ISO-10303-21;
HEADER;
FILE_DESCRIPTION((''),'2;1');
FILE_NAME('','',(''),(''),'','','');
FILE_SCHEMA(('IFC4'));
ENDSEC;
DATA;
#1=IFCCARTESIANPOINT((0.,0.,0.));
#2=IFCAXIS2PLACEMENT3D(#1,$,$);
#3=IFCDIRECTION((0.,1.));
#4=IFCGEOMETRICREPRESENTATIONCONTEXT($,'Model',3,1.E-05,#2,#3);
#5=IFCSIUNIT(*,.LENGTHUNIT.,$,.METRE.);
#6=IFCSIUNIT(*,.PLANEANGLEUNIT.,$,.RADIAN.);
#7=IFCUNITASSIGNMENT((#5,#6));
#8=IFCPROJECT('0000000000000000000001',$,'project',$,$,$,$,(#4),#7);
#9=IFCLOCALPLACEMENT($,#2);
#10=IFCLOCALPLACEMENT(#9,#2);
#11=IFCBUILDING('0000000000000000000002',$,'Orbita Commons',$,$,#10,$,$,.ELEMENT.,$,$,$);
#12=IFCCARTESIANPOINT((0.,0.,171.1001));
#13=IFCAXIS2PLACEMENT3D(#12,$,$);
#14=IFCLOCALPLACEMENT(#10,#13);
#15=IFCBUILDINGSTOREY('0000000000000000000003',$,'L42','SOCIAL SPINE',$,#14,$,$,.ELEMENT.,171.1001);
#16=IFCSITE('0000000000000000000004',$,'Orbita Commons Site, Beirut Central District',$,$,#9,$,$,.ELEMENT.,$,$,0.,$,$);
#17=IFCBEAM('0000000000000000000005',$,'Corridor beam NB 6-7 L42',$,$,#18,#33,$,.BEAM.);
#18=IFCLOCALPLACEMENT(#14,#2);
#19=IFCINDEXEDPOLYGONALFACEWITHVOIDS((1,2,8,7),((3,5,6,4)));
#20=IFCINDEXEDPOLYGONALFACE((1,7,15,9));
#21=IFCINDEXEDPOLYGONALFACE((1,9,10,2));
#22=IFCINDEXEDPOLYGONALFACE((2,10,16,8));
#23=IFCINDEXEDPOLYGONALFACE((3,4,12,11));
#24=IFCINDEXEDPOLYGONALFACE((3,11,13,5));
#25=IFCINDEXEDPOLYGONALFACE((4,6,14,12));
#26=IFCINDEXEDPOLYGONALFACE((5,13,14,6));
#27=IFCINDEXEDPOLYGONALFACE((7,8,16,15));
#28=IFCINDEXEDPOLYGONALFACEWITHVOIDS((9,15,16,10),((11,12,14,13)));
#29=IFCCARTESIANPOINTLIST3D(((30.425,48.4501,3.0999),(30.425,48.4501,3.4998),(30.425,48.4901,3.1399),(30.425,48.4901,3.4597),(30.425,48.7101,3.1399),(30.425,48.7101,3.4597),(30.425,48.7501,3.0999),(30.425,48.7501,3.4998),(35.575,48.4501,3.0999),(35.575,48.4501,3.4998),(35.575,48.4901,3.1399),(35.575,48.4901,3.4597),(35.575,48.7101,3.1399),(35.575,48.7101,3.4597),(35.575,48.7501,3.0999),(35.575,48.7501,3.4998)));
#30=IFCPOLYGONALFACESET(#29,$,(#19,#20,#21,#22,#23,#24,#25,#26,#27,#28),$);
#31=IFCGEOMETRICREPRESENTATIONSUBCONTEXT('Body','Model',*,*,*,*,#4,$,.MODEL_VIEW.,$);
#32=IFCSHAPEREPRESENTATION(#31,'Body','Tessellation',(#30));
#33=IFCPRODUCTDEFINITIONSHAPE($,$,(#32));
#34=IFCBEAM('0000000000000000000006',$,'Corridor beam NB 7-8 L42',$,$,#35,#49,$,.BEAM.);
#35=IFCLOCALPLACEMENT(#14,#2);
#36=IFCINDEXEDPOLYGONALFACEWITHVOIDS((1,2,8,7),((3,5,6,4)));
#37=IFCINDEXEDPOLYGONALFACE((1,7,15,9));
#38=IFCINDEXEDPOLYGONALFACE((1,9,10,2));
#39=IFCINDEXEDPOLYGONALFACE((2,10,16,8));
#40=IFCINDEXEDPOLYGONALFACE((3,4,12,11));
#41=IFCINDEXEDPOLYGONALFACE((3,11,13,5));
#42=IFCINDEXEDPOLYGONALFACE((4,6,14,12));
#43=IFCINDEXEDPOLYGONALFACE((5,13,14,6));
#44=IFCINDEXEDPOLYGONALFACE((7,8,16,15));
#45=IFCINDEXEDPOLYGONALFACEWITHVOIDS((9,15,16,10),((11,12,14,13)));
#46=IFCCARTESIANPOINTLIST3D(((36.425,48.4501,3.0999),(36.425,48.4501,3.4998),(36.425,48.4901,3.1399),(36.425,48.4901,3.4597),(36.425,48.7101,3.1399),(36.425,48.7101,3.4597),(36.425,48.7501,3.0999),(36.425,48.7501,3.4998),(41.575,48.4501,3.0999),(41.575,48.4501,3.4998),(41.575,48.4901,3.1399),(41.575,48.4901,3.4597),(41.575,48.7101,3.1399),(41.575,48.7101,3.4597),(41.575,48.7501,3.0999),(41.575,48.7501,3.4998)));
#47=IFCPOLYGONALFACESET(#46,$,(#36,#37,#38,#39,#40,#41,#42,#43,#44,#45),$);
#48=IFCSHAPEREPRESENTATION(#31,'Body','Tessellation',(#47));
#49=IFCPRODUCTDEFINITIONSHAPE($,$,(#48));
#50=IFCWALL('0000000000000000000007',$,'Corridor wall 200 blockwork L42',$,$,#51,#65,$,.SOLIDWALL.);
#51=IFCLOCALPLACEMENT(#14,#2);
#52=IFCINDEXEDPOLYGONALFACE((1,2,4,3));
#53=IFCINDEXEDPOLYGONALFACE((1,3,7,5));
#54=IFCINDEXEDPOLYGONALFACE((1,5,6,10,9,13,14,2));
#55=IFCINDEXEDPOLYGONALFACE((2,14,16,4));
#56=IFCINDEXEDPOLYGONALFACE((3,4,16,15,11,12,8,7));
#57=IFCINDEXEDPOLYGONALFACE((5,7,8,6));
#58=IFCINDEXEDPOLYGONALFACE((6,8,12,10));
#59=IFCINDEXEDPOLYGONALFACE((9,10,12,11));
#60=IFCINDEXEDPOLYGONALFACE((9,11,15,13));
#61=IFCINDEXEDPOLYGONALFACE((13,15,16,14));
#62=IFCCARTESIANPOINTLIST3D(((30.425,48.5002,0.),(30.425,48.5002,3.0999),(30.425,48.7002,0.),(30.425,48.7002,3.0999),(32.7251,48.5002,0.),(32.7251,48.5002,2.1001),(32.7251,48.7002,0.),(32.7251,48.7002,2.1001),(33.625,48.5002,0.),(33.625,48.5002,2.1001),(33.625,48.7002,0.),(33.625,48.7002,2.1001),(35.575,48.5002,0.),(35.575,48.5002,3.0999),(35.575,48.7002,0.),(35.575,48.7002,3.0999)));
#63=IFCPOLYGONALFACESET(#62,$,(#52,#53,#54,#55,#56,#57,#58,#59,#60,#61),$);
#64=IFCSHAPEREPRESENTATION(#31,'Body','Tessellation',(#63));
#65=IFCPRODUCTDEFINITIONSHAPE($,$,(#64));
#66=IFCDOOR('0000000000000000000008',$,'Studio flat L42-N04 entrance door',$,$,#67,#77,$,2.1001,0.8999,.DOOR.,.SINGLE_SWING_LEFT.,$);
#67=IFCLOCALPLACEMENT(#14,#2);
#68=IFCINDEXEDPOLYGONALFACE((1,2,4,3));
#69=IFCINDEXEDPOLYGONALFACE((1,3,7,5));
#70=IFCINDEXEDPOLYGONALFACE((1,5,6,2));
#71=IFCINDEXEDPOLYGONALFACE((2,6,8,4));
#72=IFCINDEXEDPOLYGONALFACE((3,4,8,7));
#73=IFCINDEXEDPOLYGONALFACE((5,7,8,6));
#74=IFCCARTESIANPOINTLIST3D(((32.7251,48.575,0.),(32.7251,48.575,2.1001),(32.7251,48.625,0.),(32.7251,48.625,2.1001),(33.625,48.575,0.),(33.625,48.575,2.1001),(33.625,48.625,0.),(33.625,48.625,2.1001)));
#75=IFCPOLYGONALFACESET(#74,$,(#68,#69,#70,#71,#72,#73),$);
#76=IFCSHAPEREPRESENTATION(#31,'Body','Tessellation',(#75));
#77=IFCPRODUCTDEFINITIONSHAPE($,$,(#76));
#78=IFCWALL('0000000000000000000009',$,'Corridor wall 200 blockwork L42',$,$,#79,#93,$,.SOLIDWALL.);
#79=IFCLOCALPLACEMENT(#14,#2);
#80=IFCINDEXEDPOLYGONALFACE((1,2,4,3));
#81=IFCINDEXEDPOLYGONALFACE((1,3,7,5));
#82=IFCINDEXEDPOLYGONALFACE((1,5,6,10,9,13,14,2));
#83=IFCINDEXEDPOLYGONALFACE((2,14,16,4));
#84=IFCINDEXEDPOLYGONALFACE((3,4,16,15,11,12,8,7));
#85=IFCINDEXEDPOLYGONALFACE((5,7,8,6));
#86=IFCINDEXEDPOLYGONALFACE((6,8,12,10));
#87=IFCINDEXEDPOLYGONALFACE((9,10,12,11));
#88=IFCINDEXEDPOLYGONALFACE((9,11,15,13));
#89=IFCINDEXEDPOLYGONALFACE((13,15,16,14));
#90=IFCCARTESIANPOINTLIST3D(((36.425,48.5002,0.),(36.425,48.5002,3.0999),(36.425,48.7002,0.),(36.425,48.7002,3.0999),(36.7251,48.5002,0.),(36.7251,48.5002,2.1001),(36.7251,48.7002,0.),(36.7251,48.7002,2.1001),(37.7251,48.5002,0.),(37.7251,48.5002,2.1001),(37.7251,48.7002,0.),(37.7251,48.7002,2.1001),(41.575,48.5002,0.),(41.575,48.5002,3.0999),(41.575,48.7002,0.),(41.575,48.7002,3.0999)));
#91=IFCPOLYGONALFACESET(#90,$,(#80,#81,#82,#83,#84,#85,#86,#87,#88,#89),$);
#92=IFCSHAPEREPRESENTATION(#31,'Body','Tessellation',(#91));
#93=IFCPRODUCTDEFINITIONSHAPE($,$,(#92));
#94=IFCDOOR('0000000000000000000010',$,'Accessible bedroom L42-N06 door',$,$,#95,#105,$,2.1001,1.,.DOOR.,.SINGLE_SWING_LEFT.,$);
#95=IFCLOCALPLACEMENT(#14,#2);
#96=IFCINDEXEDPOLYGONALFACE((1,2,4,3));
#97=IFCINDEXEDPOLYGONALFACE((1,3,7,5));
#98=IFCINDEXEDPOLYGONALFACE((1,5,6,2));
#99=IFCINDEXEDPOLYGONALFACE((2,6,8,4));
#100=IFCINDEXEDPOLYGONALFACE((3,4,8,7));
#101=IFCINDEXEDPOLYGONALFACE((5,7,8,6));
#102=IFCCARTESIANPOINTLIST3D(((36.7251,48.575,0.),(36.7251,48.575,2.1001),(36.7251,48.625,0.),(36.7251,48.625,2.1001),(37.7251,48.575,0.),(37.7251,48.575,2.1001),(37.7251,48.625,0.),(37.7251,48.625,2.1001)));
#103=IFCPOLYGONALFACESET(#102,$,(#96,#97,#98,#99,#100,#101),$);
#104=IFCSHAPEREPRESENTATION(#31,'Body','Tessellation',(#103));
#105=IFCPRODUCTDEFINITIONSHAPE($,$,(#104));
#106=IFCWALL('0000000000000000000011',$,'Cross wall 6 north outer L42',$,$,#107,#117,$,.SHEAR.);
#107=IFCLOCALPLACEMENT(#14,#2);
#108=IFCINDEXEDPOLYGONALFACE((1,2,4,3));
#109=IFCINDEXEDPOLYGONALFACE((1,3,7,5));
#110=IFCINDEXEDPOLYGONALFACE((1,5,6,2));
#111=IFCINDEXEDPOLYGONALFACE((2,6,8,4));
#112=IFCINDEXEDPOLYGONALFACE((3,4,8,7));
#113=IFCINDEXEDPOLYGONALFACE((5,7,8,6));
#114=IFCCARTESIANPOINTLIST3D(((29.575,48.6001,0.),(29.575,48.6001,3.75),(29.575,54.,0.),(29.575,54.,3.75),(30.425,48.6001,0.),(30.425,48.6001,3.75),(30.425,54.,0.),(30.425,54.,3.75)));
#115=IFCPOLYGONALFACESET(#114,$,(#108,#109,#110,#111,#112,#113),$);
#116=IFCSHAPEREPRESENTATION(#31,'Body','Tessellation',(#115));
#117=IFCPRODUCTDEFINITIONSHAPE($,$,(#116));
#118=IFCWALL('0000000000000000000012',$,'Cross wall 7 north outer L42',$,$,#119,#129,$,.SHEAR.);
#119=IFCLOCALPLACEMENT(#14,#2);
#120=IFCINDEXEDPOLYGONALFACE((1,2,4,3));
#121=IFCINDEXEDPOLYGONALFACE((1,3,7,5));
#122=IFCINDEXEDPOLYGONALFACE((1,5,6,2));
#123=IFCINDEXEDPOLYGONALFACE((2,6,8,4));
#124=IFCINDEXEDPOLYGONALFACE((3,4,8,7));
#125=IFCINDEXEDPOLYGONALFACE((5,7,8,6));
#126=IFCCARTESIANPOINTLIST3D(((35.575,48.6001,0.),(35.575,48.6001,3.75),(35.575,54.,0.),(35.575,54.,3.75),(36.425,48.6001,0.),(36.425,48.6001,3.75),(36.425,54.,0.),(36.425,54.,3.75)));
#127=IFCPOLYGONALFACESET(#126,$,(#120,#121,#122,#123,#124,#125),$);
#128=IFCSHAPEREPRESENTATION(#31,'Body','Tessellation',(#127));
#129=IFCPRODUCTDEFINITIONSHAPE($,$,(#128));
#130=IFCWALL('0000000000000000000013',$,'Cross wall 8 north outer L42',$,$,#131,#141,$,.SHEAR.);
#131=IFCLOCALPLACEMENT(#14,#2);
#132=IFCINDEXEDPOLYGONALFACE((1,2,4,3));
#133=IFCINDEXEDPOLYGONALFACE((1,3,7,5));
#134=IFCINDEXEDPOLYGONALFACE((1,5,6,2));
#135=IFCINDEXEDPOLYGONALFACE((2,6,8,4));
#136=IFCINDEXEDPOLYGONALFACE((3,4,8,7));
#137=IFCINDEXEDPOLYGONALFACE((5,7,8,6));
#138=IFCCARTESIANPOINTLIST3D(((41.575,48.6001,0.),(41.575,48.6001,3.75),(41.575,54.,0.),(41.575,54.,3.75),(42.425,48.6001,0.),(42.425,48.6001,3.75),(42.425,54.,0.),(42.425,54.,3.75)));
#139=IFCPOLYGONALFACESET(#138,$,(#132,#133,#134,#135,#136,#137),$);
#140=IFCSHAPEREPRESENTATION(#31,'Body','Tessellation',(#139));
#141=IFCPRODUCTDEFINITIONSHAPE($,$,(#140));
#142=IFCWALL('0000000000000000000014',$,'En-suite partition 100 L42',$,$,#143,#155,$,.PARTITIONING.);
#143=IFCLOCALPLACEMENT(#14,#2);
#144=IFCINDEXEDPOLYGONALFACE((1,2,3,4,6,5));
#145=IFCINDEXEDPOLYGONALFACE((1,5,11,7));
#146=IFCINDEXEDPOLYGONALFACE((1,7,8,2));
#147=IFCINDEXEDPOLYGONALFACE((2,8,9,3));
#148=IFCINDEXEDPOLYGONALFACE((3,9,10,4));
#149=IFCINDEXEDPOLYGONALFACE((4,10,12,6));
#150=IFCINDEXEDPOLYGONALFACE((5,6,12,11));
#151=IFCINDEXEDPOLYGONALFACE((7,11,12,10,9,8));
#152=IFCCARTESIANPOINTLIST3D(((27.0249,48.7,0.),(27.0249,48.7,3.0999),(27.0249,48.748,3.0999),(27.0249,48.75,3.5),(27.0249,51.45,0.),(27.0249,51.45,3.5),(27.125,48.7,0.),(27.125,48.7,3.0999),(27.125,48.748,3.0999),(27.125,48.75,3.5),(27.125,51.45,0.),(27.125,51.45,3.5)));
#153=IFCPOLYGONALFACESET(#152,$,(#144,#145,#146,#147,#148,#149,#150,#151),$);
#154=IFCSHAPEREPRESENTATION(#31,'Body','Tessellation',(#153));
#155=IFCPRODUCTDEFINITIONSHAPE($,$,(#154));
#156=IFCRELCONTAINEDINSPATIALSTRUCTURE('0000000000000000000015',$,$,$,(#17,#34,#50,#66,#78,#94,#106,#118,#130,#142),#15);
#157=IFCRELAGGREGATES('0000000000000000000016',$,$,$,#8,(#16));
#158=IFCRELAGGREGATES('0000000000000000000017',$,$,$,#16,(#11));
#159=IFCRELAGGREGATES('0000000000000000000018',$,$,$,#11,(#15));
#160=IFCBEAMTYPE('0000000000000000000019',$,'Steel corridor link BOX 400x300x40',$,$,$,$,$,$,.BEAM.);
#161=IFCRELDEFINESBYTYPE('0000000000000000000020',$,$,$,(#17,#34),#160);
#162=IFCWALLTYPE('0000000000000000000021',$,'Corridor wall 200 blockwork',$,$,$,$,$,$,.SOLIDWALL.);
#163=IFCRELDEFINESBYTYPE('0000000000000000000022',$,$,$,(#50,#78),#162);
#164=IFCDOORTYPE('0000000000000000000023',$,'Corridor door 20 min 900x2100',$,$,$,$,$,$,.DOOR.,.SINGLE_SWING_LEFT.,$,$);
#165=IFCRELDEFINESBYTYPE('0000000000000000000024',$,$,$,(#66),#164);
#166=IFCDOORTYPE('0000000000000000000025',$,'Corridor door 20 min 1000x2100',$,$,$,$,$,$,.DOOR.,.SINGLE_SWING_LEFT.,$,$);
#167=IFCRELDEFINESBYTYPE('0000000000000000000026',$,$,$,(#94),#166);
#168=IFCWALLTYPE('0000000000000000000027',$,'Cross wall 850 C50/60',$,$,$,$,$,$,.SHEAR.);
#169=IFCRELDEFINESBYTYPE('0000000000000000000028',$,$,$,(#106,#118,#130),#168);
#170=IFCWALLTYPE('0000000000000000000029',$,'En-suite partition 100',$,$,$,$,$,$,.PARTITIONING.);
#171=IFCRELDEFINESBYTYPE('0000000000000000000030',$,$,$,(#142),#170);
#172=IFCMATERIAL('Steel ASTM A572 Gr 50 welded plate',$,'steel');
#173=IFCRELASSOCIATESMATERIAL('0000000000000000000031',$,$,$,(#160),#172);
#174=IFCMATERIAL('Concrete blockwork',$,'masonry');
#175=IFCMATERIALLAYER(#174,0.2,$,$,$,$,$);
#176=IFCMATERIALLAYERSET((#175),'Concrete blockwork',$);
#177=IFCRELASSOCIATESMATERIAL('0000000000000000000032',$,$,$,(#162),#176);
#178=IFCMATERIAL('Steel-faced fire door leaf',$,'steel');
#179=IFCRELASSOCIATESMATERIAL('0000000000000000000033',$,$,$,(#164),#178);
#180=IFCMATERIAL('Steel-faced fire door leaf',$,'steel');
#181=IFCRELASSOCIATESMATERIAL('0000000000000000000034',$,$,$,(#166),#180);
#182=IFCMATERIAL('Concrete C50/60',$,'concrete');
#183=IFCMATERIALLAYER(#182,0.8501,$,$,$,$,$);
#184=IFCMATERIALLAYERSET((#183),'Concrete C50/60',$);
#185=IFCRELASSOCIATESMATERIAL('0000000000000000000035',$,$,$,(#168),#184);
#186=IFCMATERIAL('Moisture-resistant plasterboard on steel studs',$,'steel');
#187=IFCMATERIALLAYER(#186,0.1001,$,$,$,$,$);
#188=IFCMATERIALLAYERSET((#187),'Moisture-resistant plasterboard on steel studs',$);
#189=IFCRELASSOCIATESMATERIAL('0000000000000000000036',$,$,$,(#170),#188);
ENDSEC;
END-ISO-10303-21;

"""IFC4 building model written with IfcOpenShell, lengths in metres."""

from ifc_helpers import new_model, si_unit, direction, frame, frame_2d, origin, origin_2d, place, context, subcontext, project, spatial, polyline, rectangle, hollow_rectangle, outline, extrude, material, layer, layer_set, material_profile, profile_set, type_object, element, fill, save


model = new_model("IFC4")

# Units and contexts
model_context = context("Model", 3, precision=1e-05, world=origin(), true_north=direction((0.0, 1.0)))
body_context = subcontext(model_context, "Body", "Model", "MODEL_VIEW")
ifc_project = project(units=[si_unit("LENGTHUNIT", "METRE"), si_unit("PLANEANGLEUNIT", "RADIAN")], contexts=[model_context])

# Site, building, storey
site_placement = place(None, origin())
site = spatial("IfcSite", under=ifc_project, at=site_placement, Name="Orbita Commons Site, Beirut Central District", CompositionType="ELEMENT", RefElevation=0.0)
building_placement = place(site_placement, origin())
building = spatial("IfcBuilding", under=site, at=building_placement, Name="Orbita Commons", CompositionType="ELEMENT")
storey_placement = place(building_placement, frame((0.0, 0.0, 171.1001)))
storey = spatial("IfcBuildingStorey", under=building, at=storey_placement, Name="L42", Description="SOCIAL SPINE", CompositionType="ELEMENT", Elevation=171.1001)

# Beams
ifc_material_1 = material(Name="Steel ASTM A572 Gr 50 welded plate", Category="steel")
ifc_material_profile = material_profile(ifc_material_1, hollow_rectangle(XDim=0.3, YDim=0.3999, WallThickness=0.04, at=origin_2d()), Name="BOX 400x300x40")
ifc_profile_set = profile_set([ifc_material_profile], Name="Steel ASTM A572 Gr 50 welded plate")
beam_type = type_object("IfcBeamType", Name="Steel corridor link BOX 400x300x40", PredefinedType="BEAM", material=ifc_profile_set)
for number, where, z_axis, x_axis, name in (
    (1, (30.425, 48.6001, 3.2998), (1.0, 0.0, 0.0), (0.0, 1.0, 0.0), "Corridor beam NB 6-7 L42"),
    (2, (36.425, 48.6001, 3.2998), (1.0, 0.0, 0.0), (0.0, 1.0, 0.0), "Corridor beam NB 7-8 L42"),
):
    element("IfcBeam", number, at=place(storey_placement, frame(where, z_axis=z_axis, x_axis=x_axis)), inside=storey, type_object=beam_type, Name=name, PredefinedType="BEAM", context=body_context, shape_type="SweptSolid", body=[
        extrude(hollow_rectangle(XDim=0.3, YDim=0.3999, WallThickness=0.04, at=origin_2d()), origin(), (0.0, 0.0, 1.0), 5.1499),
    ])

# Walls, openings, doors
ifc_material_2 = material(Name="Concrete blockwork", Category="masonry")
ifc_layer_1 = layer(ifc_material_2, 0.2)
ifc_layer_set_1 = layer_set([ifc_layer_1], Name="Concrete blockwork")
wall_type_1 = type_object("IfcWallType", Name="Corridor wall 200 blockwork", PredefinedType="SOLIDWALL", material=ifc_layer_set_1)
wall_1_placement = place(storey_placement, frame((30.425, 48.6001, 0.0), z_axis=(0.0, 0.0, 1.0), x_axis=(1.0, 0.0, 0.0)))
wall_1 = element("IfcWall", 3, at=wall_1_placement, inside=storey, type_object=wall_type_1, Name="Corridor wall 200 blockwork L42", PredefinedType="SOLIDWALL", context=body_context, shape_type="SweptSolid", body=[
    extrude(outline(polyline([(0.0, 0.0), (5.1499, 0.0), (5.1499, 3.0999), (0.0, 3.0999), (0.0, 0.0)])), frame((0.0, 0.1001, 0.0), z_axis=(0.0, -1.0, 0.0), x_axis=(1.0, 0.0, 0.0)), (0.0, 0.0, 1.0), 0.2),
])
opening_1_placement = place(wall_1_placement, frame((2.3, 0.0, 0.0)))
opening_1 = element("IfcOpeningElement", 4, at=opening_1_placement, cuts=wall_1, PredefinedType="OPENING", context=body_context, shape_type="SweptSolid", body=[
    extrude(rectangle(XDim=0.8999, YDim=2.1001, at=frame_2d((0.45, 1.05))), frame((0.0, 0.1099, 0.0), z_axis=(0.0, -1.0, 0.0), x_axis=(1.0, 0.0, 0.0)), (0.0, 0.0, 1.0), 0.22),
])
ifc_material_3 = material(Name="Steel-faced fire door leaf", Category="steel")
door_type_1 = type_object("IfcDoorType", Name="Corridor door 20 min 900x2100", OperationType="SINGLE_SWING_LEFT", PredefinedType="DOOR", material=ifc_material_3)
door_1_placement = place(opening_1_placement, origin())
door_1 = element("IfcDoor", 5, at=door_1_placement, inside=storey, type_object=door_type_1, Name="Studio flat L42-N04 entrance door", OperationType="SINGLE_SWING_LEFT", OverallHeight=2.1001, OverallWidth=0.8999, PredefinedType="DOOR", context=body_context, shape_type="SweptSolid", body=[
    extrude(rectangle(XDim=0.8999, YDim=2.1001, at=frame_2d((0.45, 1.05))), frame((0.0, 0.0249, 0.0), z_axis=(0.0, -1.0, 0.0), x_axis=(1.0, 0.0, 0.0)), (0.0, 0.0, 1.0), 0.05),
])
fill(opening_1, door_1)
wall_2_placement = place(storey_placement, frame((36.425, 48.6001, 0.0), z_axis=(0.0, 0.0, 1.0), x_axis=(1.0, 0.0, 0.0)))
wall_2 = element("IfcWall", 6, at=wall_2_placement, inside=storey, type_object=wall_type_1, Name="Corridor wall 200 blockwork L42", PredefinedType="SOLIDWALL", context=body_context, shape_type="SweptSolid", body=[
    extrude(outline(polyline([(0.0, 0.0), (5.1499, 0.0), (5.1499, 3.0999), (0.0, 3.0999), (0.0, 0.0)])), frame((0.0, 0.1001, 0.0), z_axis=(0.0, -1.0, 0.0), x_axis=(1.0, 0.0, 0.0)), (0.0, 0.0, 1.0), 0.2),
])
opening_2_placement = place(wall_2_placement, frame((0.3, 0.0, 0.0)))
opening_2 = element("IfcOpeningElement", 7, at=opening_2_placement, cuts=wall_2, PredefinedType="OPENING", context=body_context, shape_type="SweptSolid", body=[
    extrude(rectangle(XDim=1.0, YDim=2.1001, at=frame_2d((0.5, 1.05))), frame((0.0, 0.1099, 0.0), z_axis=(0.0, -1.0, 0.0), x_axis=(1.0, 0.0, 0.0)), (0.0, 0.0, 1.0), 0.22),
])
ifc_material_4 = material(Name="Steel-faced fire door leaf", Category="steel")
door_type_2 = type_object("IfcDoorType", Name="Corridor door 20 min 1000x2100", OperationType="SINGLE_SWING_LEFT", PredefinedType="DOOR", material=ifc_material_4)
door_2_placement = place(opening_2_placement, origin())
door_2 = element("IfcDoor", 8, at=door_2_placement, inside=storey, type_object=door_type_2, Name="Accessible bedroom L42-N06 door", OperationType="SINGLE_SWING_LEFT", OverallHeight=2.1001, OverallWidth=1.0, PredefinedType="DOOR", context=body_context, shape_type="SweptSolid", body=[
    extrude(rectangle(XDim=1.0, YDim=2.1001, at=frame_2d((0.5, 1.05))), frame((0.0, 0.0249, 0.0), z_axis=(0.0, -1.0, 0.0), x_axis=(1.0, 0.0, 0.0)), (0.0, 0.0, 1.0), 0.05),
])
fill(opening_2, door_2)

# Walls
ifc_material_5 = material(Name="Concrete C50/60", Category="concrete")
ifc_layer_2 = layer(ifc_material_5, 0.8501)
ifc_layer_set_2 = layer_set([ifc_layer_2], Name="Concrete C50/60")
wall_type_2 = type_object("IfcWallType", Name="Cross wall 850 C50/60", PredefinedType="SHEAR", material=ifc_layer_set_2)
for number, where, z_axis, x_axis, name in (
    (9, (30.0, 48.6001, 0.0), (0.0, 0.0, 1.0), (0.0, 1.0, 0.0), "Cross wall 6 north outer L42"),
    (10, (36.0, 48.6001, 0.0), (0.0, 0.0, 1.0), (0.0, 1.0, 0.0), "Cross wall 7 north outer L42"),
    (11, (42.0, 48.6001, 0.0), (0.0, 0.0, 1.0), (0.0, 1.0, 0.0), "Cross wall 8 north outer L42"),
):
    element("IfcWall", number, at=place(storey_placement, frame(where, z_axis=z_axis, x_axis=x_axis)), inside=storey, type_object=wall_type_2, Name=name, PredefinedType="SHEAR", context=body_context, shape_type="SweptSolid", body=[
        extrude(rectangle(XDim=5.3999, YDim=0.8501, at=frame_2d((2.7, 0.0))), origin(), (0.0, 0.0, 1.0), 3.75),
    ])
ifc_material_6 = material(Name="Moisture-resistant plasterboard on steel studs", Category="steel")
ifc_layer_3 = layer(ifc_material_6, 0.1001)
ifc_layer_set_3 = layer_set([ifc_layer_3], Name="Moisture-resistant plasterboard on steel studs")
wall_type_3 = type_object("IfcWallType", Name="En-suite partition 100", PredefinedType="PARTITIONING", material=ifc_layer_set_3)
wall_3_placement = place(storey_placement, frame((27.075, 51.45, 0.0), z_axis=(0.0, 0.0, 1.0), x_axis=(0.0, -1.0, 0.0)))
element("IfcWall", 12, at=wall_3_placement, inside=storey, type_object=wall_type_3, Name="En-suite partition 100 L42", PredefinedType="PARTITIONING", context=body_context, shape_type="SweptSolid", body=[
    extrude(outline(polyline([(0.0, 0.0), (2.75, 0.0), (2.75, 3.0999), (2.7019, 3.0999), (2.7, 3.5), (0.0, 3.5), (0.0, 0.0)])), frame((0.0, 0.05, 0.0), z_axis=(0.0, -1.0, 0.0), x_axis=(1.0, 0.0, 0.0)), (0.0, 0.0, 1.0), 0.1001),
])

save(model, "model.ifc")
